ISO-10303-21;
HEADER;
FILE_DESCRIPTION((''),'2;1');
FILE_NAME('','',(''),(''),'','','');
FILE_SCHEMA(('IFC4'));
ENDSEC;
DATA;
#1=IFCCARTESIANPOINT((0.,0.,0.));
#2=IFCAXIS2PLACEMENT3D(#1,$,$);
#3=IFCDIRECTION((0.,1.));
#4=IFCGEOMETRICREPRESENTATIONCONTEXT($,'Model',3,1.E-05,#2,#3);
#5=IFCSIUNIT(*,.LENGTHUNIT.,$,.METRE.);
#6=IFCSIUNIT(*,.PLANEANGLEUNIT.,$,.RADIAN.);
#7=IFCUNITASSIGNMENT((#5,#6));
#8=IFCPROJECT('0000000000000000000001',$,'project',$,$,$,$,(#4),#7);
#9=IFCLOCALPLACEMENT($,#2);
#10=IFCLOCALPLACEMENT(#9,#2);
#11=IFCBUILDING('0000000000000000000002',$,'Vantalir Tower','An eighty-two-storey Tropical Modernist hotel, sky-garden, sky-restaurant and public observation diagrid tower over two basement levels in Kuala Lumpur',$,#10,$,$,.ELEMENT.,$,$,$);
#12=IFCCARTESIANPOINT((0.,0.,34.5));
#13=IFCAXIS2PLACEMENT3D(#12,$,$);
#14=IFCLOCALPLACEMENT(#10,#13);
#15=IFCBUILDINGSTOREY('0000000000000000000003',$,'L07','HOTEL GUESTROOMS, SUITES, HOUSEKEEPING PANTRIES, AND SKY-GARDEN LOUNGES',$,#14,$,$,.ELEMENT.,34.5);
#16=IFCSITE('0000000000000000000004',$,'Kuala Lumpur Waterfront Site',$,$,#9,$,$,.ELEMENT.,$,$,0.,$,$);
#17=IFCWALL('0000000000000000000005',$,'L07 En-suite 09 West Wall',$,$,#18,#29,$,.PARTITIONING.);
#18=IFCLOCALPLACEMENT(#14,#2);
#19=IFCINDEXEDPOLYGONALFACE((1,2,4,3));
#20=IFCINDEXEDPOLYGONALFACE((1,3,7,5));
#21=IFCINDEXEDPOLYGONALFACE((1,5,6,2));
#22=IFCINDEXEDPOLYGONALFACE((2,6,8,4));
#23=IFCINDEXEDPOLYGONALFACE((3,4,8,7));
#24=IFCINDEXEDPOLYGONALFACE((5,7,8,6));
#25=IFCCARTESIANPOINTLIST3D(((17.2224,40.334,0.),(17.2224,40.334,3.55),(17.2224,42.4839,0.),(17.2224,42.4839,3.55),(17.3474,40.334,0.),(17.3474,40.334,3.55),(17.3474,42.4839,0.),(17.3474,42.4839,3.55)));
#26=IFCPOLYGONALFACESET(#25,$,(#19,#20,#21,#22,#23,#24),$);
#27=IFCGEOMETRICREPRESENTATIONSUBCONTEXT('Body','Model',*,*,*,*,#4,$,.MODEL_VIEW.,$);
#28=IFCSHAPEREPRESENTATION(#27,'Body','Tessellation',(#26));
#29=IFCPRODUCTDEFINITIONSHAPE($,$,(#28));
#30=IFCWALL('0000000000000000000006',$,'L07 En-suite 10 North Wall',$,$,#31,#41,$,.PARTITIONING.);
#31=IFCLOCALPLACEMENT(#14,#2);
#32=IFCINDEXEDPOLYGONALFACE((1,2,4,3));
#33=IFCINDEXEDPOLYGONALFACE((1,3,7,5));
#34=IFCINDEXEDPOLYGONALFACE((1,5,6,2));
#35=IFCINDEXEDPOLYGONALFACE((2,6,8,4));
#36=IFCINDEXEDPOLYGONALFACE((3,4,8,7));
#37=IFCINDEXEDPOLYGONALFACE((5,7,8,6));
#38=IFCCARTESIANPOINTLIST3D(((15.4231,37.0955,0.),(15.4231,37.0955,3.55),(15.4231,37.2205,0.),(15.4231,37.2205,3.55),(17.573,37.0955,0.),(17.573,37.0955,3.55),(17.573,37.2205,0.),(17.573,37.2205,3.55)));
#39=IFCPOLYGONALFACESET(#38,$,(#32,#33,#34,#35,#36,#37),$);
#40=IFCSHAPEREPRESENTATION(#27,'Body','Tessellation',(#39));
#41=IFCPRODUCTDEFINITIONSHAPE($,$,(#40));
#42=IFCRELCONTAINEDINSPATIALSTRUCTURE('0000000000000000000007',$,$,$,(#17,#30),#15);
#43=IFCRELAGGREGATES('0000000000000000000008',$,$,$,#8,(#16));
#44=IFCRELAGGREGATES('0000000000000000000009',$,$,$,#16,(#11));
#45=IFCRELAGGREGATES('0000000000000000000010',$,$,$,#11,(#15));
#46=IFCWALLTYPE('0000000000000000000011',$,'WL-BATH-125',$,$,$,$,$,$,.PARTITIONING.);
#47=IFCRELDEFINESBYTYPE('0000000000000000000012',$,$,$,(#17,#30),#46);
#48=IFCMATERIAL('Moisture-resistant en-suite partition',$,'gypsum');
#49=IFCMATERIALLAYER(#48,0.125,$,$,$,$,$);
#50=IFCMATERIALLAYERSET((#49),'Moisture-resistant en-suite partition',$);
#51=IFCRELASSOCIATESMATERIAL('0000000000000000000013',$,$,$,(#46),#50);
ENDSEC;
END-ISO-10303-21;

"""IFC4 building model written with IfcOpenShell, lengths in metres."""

from ifc_helpers import new_model, si_unit, direction, frame, frame_2d, origin, place, context, subcontext, project, spatial, rectangle, extrude, material, layer, layer_set, type_object, element, save


model = new_model("IFC4")

# Units and contexts
model_context = context("Model", 3, precision=1e-05, world=origin(), true_north=direction((0.0, 1.0)))
body_context = subcontext(model_context, "Body", "Model", "MODEL_VIEW")
ifc_project = project(units=[si_unit("LENGTHUNIT", "METRE"), si_unit("PLANEANGLEUNIT", "RADIAN")], contexts=[model_context])

# Site, building, storey
site_placement = place(None, origin())
site = spatial("IfcSite", under=ifc_project, at=site_placement, Name="Kuala Lumpur Waterfront Site", CompositionType="ELEMENT", RefElevation=0.0)
building_placement = place(site_placement, origin())
building = spatial("IfcBuilding", under=site, at=building_placement, Name="Vantalir Tower", Description="An eighty-two-storey Tropical Modernist hotel, sky-garden, sky-restaurant and public observation diagrid tower over two basement levels in Kuala Lumpur", CompositionType="ELEMENT")
storey_placement = place(building_placement, frame((0.0, 0.0, 34.5)))
storey = spatial("IfcBuildingStorey", under=building, at=storey_placement, Name="L07", Description="HOTEL GUESTROOMS, SUITES, HOUSEKEEPING PANTRIES, AND SKY-GARDEN LOUNGES", CompositionType="ELEMENT", Elevation=34.5)

# Shared definitions
ifc_material_1 = material(Name="Moisture-resistant en-suite partition", Category="gypsum")
ifc_layer_1 = layer(ifc_material_1, 0.125)
ifc_layer_set_1 = layer_set([ifc_layer_1], Name="Moisture-resistant en-suite partition")
wall_type = type_object("IfcWallType", Name="WL-BATH-125", PredefinedType="PARTITIONING", material=ifc_layer_set_1)

# Walls
for number, where, z_axis, x_axis, name in (
    (1, (17.2849, 40.334, 0.0), (0.0, 0.0, 1.0), (0.0, 1.0, 0.0), "L07 En-suite 09 West Wall"),
    (2, (15.4231, 37.158, 0.0), (0.0, 0.0, 1.0), (1.0, 0.0, 0.0), "L07 En-suite 10 North Wall"),
):
    element("IfcWall", number, at=place(storey_placement, frame(where, z_axis=z_axis, x_axis=x_axis)), inside=storey, type_object=wall_type, Name=name, PredefinedType="PARTITIONING", context=body_context, shape_type="SweptSolid", body=[
        extrude(rectangle(XDim=2.1499, YDim=0.125, at=frame_2d((1.075, 0.0))), origin(), (0.0, 0.0, 1.0), 3.55),
    ])

save(model, "model.ifc")
